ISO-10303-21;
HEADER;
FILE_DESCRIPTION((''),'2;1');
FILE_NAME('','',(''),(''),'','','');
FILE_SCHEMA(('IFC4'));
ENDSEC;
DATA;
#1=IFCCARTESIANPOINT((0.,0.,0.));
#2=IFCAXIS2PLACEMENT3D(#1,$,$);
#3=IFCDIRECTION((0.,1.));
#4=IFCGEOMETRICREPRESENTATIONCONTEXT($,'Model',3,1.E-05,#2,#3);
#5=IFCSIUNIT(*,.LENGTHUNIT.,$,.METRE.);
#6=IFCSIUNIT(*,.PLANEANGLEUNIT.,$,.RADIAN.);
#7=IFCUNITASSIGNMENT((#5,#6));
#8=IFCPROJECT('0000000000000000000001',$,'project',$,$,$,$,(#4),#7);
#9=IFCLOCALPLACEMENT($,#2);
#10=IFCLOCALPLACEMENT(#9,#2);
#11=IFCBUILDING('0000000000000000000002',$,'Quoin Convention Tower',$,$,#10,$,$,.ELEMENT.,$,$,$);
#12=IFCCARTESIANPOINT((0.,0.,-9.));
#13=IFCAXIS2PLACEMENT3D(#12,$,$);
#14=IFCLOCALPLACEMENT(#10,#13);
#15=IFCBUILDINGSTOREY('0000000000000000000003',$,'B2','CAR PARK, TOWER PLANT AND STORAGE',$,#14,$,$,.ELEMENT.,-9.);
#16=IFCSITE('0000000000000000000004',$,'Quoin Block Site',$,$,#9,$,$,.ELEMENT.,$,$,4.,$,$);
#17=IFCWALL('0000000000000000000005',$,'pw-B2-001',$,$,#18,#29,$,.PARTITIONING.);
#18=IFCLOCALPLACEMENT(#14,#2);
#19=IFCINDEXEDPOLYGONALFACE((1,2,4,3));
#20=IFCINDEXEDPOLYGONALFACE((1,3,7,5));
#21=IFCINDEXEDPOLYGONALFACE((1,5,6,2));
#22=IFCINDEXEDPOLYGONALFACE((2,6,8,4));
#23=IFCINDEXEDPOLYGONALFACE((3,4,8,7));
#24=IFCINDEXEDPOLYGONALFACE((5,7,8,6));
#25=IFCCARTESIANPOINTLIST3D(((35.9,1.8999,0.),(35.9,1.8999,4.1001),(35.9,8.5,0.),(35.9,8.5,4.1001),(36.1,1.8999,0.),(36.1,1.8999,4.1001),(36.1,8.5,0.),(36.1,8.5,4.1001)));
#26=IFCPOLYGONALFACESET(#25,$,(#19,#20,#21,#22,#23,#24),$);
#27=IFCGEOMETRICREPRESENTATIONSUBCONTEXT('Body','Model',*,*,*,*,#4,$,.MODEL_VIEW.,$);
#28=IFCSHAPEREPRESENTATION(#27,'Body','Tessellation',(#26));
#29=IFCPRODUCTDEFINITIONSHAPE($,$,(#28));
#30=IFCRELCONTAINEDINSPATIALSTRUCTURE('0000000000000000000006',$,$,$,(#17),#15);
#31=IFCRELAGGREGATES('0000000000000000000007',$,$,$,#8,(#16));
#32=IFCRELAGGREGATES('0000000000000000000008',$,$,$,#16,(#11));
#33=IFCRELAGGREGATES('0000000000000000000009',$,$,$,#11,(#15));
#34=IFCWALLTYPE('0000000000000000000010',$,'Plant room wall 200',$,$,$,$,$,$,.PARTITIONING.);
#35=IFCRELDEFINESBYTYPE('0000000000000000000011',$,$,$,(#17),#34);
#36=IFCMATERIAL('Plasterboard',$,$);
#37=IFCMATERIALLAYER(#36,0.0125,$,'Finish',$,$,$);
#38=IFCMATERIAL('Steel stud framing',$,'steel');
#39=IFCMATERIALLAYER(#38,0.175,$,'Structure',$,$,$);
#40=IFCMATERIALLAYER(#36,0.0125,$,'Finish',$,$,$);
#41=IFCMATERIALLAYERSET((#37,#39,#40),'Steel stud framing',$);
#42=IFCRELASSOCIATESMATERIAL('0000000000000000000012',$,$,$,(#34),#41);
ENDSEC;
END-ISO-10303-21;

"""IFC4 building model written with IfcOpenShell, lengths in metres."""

from ifc_helpers import new_model, si_unit, direction, frame, frame_2d, origin, place, context, subcontext, project, spatial, rectangle, extrude, material, layer, layer_set, type_object, element, save


model = new_model("IFC4")

# Units and contexts
model_context = context("Model", 3, precision=1e-05, world=origin(), true_north=direction((0.0, 1.0)))
body_context = subcontext(model_context, "Body", "Model", "MODEL_VIEW")
ifc_project = project(units=[si_unit("LENGTHUNIT", "METRE"), si_unit("PLANEANGLEUNIT", "RADIAN")], contexts=[model_context])

# Site, building, storey
site_placement = place(None, origin())
site = spatial("IfcSite", under=ifc_project, at=site_placement, Name="Quoin Block Site", CompositionType="ELEMENT", RefElevation=4.0)
building_placement = place(site_placement, origin())
building = spatial("IfcBuilding", under=site, at=building_placement, Name="Quoin Convention Tower", CompositionType="ELEMENT")
storey_placement = place(building_placement, frame((0.0, 0.0, -9.0)))
storey = spatial("IfcBuildingStorey", under=building, at=storey_placement, Name="B2", Description="CAR PARK, TOWER PLANT AND STORAGE", CompositionType="ELEMENT", Elevation=-9.0)

# Wall
ifc_material_1 = material(Name="Plasterboard")
ifc_layer_1 = layer(ifc_material_1, 0.0125, Name="Finish")
ifc_material_2 = material(Name="Steel stud framing", Category="steel")
ifc_layer_2 = layer(ifc_material_2, 0.175, Name="Structure")
ifc_layer_3 = layer(ifc_material_1, 0.0125, Name="Finish")
ifc_layer_set = layer_set([ifc_layer_1, ifc_layer_2, ifc_layer_3], Name="Steel stud framing")
wall_type = type_object("IfcWallType", Name="Plant room wall 200", PredefinedType="PARTITIONING", material=ifc_layer_set)
wall_placement = place(storey_placement, frame((36.0, 1.8999, 0.0), z_axis=(0.0, 0.0, 1.0), x_axis=(0.0, 1.0, 0.0)))
element("IfcWall", 1, at=wall_placement, inside=storey, type_object=wall_type, Name="pw-B2-001", PredefinedType="PARTITIONING", context=body_context, shape_type="SweptSolid", body=[
    extrude(rectangle(XDim=6.6001, YDim=0.2, at=frame_2d((3.3, 0.0))), origin(), (0.0, 0.0, 1.0), 4.1001),
])

save(model, "model.ifc")
